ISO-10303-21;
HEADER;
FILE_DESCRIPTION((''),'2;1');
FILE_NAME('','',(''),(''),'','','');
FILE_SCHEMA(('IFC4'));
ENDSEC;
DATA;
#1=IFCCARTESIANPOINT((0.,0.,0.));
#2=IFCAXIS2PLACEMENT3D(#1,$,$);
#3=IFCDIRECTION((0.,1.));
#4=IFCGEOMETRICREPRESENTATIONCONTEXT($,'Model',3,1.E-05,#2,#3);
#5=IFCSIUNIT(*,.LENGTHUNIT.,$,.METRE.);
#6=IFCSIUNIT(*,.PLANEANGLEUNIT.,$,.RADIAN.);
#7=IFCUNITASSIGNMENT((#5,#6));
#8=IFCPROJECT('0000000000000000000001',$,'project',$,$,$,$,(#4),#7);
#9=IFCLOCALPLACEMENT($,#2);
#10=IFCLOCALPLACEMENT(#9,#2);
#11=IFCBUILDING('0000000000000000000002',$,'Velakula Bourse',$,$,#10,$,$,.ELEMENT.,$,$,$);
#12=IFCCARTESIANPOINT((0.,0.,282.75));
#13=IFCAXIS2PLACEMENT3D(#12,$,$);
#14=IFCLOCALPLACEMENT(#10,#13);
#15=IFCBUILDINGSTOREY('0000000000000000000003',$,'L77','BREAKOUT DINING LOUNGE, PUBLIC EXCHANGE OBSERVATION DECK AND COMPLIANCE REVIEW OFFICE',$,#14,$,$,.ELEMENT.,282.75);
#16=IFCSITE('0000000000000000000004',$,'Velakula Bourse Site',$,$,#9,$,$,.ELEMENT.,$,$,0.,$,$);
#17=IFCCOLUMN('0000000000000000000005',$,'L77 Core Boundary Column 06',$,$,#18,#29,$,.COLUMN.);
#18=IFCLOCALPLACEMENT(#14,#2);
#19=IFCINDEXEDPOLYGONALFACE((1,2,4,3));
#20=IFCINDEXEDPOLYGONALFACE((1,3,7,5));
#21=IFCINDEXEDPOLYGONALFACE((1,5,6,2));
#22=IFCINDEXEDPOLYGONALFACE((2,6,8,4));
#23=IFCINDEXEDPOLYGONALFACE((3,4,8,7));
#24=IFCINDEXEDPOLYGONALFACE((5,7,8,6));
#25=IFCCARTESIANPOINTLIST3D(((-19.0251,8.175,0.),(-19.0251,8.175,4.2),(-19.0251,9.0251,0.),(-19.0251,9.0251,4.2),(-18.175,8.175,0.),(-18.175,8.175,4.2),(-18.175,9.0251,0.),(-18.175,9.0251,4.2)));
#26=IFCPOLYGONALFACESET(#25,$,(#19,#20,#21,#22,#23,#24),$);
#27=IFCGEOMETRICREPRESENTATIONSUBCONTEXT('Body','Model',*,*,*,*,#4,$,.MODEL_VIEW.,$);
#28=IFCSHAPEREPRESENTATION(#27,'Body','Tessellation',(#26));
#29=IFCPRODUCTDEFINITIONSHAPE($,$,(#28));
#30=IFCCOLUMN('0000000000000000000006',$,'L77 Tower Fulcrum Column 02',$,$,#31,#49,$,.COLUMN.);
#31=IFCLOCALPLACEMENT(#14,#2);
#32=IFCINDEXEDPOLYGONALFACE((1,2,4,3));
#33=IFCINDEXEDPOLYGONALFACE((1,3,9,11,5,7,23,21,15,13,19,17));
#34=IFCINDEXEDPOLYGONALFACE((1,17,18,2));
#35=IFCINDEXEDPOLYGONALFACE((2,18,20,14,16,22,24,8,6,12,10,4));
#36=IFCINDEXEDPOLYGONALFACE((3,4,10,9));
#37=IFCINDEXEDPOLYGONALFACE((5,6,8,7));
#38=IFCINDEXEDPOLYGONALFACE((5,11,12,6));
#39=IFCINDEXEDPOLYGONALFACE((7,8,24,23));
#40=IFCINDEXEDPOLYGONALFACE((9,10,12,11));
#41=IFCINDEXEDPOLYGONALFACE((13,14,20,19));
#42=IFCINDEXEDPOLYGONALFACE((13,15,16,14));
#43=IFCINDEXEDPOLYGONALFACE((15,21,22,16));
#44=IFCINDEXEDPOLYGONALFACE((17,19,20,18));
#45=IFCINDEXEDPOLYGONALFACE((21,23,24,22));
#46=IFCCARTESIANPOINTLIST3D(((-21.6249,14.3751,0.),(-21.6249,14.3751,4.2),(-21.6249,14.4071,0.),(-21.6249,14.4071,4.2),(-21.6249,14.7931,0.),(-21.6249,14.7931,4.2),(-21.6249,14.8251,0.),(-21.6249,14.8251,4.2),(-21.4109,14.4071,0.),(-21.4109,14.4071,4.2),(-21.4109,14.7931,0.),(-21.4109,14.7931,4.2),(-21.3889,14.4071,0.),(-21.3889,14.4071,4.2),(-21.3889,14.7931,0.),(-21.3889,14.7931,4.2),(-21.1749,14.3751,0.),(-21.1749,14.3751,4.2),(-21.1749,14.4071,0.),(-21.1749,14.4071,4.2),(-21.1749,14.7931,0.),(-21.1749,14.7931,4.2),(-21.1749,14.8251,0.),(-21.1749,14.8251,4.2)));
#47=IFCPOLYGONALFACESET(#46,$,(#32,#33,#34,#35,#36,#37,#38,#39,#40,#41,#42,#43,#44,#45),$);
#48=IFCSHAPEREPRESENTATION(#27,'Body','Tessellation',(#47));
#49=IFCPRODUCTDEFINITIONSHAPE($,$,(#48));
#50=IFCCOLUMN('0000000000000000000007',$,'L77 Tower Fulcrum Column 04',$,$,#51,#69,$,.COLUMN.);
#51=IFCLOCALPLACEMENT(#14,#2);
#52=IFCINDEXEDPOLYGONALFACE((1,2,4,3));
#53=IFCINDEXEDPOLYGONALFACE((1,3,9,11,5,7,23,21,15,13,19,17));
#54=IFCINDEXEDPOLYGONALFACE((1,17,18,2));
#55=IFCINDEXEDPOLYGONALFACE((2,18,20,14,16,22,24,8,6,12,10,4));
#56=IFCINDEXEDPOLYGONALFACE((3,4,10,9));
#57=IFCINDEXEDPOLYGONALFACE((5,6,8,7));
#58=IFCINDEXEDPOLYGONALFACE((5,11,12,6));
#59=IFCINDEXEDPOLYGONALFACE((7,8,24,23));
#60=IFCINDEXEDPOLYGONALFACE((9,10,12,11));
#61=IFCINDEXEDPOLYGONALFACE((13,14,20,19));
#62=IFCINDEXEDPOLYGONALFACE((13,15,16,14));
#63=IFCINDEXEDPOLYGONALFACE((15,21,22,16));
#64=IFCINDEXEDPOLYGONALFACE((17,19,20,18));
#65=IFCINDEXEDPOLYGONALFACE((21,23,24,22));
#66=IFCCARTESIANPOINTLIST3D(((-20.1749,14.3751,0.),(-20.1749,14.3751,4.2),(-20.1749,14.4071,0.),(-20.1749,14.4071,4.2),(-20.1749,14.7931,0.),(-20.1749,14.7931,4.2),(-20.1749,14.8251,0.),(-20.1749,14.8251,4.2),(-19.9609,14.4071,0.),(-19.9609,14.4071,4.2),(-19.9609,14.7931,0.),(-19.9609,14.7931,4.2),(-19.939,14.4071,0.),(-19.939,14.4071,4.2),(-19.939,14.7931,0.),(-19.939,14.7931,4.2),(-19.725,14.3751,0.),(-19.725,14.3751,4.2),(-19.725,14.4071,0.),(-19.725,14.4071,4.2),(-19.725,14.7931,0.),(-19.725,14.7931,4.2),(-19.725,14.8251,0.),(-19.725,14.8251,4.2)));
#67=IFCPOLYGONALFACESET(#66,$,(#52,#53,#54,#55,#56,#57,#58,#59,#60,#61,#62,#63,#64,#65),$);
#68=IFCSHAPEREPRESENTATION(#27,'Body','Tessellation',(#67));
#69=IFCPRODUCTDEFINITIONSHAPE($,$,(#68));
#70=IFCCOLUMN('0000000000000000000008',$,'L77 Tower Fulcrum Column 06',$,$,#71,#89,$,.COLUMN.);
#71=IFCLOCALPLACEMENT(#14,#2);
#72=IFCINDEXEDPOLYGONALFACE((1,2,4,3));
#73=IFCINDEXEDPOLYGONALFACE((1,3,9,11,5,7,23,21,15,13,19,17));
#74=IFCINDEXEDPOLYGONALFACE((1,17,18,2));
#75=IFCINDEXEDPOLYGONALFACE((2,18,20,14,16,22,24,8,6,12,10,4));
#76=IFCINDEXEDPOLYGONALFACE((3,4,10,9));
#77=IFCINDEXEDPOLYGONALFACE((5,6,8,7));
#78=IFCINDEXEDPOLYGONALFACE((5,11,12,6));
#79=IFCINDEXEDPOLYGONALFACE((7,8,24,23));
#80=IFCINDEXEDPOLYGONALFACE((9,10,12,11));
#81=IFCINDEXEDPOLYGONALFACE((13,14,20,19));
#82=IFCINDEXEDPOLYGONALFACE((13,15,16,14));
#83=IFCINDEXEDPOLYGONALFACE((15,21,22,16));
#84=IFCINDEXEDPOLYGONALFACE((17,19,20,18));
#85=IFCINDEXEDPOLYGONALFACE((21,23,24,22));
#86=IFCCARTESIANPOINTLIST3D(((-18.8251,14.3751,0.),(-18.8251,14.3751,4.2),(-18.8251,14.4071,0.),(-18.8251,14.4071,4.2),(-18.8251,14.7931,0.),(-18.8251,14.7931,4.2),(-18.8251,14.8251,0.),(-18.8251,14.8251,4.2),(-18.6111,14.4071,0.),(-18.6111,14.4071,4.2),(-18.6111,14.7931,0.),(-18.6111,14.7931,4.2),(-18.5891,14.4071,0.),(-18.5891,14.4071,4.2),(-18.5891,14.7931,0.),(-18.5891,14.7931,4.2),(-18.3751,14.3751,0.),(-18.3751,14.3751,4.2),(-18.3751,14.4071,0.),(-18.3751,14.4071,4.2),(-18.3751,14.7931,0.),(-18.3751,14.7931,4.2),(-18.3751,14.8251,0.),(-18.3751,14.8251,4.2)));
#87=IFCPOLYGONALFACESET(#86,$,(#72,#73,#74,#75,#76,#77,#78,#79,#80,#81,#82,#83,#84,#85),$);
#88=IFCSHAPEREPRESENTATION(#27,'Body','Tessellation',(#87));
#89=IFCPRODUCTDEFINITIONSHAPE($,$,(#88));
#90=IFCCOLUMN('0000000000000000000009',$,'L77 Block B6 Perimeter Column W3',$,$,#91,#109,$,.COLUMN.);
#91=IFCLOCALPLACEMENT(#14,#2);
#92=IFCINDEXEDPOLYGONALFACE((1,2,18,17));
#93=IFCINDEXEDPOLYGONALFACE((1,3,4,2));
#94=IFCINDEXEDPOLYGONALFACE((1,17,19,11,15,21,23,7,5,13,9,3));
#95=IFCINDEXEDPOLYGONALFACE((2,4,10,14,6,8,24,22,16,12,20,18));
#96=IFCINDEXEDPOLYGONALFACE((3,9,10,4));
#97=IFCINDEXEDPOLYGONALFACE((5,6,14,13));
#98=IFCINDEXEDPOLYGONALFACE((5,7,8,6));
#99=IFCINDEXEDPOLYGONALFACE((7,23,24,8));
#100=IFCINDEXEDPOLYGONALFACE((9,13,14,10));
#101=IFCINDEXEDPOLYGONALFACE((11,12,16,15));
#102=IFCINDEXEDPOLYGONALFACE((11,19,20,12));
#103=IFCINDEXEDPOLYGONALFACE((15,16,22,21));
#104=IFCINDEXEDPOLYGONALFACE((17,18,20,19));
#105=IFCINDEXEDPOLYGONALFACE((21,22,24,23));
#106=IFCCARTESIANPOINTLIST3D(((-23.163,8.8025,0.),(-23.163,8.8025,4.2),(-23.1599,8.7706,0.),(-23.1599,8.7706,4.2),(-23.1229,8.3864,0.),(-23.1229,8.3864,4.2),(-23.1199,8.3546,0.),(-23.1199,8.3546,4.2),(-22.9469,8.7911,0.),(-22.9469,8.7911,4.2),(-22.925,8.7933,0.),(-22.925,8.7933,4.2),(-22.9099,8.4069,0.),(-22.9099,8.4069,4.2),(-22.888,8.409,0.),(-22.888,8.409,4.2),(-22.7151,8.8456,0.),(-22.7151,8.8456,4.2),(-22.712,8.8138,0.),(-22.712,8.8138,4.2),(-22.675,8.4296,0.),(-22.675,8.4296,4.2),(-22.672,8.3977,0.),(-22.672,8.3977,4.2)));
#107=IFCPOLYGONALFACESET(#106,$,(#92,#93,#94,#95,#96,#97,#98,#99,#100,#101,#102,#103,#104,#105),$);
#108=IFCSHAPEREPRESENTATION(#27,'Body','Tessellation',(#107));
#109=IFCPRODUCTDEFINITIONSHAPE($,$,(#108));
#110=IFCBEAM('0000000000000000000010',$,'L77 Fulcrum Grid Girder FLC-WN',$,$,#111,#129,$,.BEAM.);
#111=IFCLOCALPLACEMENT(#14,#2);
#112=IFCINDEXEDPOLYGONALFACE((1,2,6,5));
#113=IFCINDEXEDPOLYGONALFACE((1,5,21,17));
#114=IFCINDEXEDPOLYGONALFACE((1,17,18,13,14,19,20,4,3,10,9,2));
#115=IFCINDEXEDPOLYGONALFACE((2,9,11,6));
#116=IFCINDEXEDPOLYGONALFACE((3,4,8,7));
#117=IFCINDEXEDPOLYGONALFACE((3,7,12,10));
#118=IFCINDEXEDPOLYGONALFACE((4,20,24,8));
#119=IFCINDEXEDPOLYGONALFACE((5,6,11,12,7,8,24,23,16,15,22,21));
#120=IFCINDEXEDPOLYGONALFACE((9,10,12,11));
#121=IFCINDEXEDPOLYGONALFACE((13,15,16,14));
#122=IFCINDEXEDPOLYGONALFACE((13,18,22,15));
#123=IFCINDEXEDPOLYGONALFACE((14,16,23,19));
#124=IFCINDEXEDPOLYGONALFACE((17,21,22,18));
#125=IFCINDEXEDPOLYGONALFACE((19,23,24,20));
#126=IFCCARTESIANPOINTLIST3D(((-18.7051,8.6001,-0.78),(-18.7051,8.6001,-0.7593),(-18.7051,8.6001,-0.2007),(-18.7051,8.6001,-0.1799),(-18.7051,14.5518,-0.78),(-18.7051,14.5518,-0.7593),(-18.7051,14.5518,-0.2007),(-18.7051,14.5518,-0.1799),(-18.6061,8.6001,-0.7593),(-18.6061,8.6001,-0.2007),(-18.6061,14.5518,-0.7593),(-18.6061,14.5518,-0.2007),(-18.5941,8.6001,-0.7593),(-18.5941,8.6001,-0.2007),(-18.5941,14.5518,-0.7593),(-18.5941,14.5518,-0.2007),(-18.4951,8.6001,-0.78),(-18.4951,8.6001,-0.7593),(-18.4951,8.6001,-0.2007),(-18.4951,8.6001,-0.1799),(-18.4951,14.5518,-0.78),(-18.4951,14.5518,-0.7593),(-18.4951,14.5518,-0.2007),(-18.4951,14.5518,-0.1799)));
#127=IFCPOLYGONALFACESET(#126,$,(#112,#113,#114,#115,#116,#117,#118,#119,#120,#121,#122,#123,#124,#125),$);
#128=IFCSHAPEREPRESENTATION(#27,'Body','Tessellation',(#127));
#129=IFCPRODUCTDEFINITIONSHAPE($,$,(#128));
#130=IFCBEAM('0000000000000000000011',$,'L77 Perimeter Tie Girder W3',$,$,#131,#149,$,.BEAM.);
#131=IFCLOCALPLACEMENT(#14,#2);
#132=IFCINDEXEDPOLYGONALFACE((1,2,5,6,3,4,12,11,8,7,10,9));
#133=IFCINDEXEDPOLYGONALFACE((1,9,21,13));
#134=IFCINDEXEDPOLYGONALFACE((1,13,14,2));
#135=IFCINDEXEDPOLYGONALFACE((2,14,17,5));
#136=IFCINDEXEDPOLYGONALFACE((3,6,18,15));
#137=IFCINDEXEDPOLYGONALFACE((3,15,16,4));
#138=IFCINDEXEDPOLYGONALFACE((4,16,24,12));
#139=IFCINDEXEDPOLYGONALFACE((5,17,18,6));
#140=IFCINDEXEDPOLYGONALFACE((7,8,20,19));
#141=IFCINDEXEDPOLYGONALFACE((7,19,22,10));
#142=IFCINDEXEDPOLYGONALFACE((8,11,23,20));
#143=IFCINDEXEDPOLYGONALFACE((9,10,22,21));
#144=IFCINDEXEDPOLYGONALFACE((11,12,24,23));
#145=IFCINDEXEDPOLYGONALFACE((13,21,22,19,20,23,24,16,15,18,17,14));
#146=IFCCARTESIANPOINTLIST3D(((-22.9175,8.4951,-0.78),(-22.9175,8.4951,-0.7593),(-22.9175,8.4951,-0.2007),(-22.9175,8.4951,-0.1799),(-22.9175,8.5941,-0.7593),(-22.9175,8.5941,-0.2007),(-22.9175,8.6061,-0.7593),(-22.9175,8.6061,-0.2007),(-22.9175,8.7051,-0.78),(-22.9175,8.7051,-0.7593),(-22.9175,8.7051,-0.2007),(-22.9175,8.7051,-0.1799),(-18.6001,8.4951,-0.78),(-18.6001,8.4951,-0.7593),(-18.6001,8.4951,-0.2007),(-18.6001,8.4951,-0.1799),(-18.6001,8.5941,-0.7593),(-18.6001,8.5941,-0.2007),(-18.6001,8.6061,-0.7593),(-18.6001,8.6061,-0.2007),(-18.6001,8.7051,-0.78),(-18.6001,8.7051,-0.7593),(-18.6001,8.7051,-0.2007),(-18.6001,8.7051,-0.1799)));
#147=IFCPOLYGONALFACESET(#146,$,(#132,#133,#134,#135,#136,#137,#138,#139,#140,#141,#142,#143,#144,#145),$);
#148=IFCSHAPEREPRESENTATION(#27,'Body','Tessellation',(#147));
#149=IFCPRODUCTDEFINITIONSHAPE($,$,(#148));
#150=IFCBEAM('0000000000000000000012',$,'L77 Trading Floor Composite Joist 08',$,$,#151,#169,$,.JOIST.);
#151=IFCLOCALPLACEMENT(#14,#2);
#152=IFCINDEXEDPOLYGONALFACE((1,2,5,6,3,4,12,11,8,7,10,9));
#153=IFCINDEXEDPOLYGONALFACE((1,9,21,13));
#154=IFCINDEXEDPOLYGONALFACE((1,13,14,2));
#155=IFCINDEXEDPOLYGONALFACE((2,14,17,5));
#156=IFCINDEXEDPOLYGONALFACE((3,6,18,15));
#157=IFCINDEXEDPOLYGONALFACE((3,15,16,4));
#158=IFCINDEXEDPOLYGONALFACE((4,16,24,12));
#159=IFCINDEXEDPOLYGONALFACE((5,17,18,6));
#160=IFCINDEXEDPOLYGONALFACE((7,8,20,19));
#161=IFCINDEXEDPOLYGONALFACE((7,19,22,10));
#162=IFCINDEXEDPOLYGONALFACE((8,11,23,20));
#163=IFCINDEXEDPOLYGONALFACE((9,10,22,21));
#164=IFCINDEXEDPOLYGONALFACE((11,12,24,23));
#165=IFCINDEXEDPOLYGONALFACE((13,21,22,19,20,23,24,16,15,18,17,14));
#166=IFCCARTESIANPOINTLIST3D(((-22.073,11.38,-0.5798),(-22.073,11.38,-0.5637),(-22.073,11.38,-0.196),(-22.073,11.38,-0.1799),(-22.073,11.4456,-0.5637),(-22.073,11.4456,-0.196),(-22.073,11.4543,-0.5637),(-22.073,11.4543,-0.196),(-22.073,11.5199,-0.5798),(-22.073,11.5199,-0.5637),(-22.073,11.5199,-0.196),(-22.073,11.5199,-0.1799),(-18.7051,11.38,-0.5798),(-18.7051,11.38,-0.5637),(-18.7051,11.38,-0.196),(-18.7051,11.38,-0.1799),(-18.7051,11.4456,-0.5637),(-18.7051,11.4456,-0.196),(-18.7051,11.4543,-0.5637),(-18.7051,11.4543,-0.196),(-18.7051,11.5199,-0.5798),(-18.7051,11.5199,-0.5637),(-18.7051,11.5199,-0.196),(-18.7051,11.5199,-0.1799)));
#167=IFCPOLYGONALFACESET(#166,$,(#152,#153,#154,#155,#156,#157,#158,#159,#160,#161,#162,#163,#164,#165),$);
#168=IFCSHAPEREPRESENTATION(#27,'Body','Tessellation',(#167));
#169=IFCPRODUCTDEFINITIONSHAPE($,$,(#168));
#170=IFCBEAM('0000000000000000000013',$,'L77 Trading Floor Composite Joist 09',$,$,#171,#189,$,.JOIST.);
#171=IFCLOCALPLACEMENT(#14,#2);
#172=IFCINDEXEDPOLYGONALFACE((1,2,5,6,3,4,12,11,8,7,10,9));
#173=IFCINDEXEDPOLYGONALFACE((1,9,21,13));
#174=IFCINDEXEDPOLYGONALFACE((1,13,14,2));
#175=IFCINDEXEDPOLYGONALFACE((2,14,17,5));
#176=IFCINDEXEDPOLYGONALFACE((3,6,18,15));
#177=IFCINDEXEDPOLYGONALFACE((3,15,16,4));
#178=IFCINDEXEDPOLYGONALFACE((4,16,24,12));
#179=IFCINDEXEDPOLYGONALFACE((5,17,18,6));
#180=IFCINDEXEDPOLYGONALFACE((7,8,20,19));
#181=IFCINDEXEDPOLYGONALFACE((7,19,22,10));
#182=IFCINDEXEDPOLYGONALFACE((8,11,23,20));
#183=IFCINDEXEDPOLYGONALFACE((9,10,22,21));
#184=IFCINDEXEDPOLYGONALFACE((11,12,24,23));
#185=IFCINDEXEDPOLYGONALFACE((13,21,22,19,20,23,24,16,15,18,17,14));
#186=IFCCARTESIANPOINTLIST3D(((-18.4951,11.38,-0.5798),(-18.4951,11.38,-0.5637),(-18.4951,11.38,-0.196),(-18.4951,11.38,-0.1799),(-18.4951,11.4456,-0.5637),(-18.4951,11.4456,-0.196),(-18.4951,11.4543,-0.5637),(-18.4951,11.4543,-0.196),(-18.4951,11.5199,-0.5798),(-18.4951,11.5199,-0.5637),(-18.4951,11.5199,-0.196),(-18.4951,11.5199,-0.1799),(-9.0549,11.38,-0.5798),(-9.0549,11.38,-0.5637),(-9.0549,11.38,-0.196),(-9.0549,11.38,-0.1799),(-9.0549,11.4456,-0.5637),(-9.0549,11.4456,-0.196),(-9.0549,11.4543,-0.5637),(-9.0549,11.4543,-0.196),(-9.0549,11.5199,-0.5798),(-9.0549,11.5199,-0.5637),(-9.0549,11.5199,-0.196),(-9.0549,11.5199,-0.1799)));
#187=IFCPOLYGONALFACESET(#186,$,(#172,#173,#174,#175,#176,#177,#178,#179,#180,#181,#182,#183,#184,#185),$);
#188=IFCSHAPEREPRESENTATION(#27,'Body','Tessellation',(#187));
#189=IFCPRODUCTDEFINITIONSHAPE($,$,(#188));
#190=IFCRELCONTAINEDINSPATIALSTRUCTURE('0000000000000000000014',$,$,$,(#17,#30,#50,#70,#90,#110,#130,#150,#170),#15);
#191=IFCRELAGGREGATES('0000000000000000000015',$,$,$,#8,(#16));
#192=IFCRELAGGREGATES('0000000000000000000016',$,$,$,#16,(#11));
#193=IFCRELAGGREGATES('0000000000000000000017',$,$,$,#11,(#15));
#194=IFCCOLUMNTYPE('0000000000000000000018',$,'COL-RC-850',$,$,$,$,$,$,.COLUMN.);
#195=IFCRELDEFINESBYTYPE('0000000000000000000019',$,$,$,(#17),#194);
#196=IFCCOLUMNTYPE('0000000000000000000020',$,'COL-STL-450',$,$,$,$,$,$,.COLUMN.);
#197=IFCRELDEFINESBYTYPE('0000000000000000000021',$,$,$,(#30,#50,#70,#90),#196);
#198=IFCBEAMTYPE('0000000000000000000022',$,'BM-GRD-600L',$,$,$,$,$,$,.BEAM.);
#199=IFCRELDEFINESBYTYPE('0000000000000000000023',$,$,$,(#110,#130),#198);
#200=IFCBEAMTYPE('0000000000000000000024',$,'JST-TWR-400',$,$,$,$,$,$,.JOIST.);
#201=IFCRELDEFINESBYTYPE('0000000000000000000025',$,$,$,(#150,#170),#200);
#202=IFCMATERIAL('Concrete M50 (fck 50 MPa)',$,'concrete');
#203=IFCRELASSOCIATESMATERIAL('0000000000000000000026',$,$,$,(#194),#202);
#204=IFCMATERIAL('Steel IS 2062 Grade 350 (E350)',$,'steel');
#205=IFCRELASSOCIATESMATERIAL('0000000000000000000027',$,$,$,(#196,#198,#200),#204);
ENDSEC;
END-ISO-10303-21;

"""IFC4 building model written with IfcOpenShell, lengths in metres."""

from ifc_helpers import new_model, si_unit, direction, frame, origin, origin_2d, place, context, subcontext, project, spatial, rectangle, i_section, extrude, material, material_profile, profile_set, type_object, element, save


model = new_model("IFC4")

# Units and contexts
model_context = context("Model", 3, precision=1e-05, world=origin(), true_north=direction((0.0, 1.0)))
body_context = subcontext(model_context, "Body", "Model", "MODEL_VIEW")
ifc_project = project(units=[si_unit("LENGTHUNIT", "METRE"), si_unit("PLANEANGLEUNIT", "RADIAN")], contexts=[model_context])

# Site, building, storey
site_placement = place(None, origin())
site = spatial("IfcSite", under=ifc_project, at=site_placement, Name="Velakula Bourse Site", CompositionType="ELEMENT", RefElevation=0.0)
building_placement = place(site_placement, origin())
building = spatial("IfcBuilding", under=site, at=building_placement, Name="Velakula Bourse", CompositionType="ELEMENT")
storey_placement = place(building_placement, frame((0.0, 0.0, 282.75)))
storey = spatial("IfcBuildingStorey", under=building, at=storey_placement, Name="L77", Description="BREAKOUT DINING LOUNGE, PUBLIC EXCHANGE OBSERVATION DECK AND COMPLIANCE REVIEW OFFICE", CompositionType="ELEMENT", Elevation=282.75)

# Columns
ifc_material_1 = material(Name="Concrete M50 (fck 50 MPa)", Category="concrete")
ifc_material_profile_1 = material_profile(ifc_material_1, rectangle(XDim=0.8501, YDim=0.8501, at=origin_2d()), Name="Concrete M50 (fck 50 MPa)")
ifc_profile_set_1 = profile_set([ifc_material_profile_1], Name="Concrete M50 (fck 50 MPa)")
column_type_1 = type_object("IfcColumnType", Name="COL-RC-850", PredefinedType="COLUMN", material=ifc_profile_set_1)
column_placement = place(storey_placement, frame((-18.6001, 8.6001, 0.0), z_axis=(0.0, 0.0, 1.0), x_axis=(1.0, 0.0, 0.0)))
element("IfcColumn", 1, at=column_placement, inside=storey, type_object=column_type_1, Name="L77 Core Boundary Column 06", PredefinedType="COLUMN", context=body_context, shape_type="SweptSolid", body=[
    extrude(rectangle(XDim=0.8501, YDim=0.8501, at=origin_2d()), origin(), (0.0, 0.0, 1.0), 4.2),
])
ifc_material_2 = material(Name="Steel IS 2062 Grade 350 (E350)", Category="steel")
ifc_material_profile_2 = material_profile(ifc_material_2, i_section(OverallWidth=0.45, OverallDepth=0.45, WebThickness=0.022, FlangeThickness=0.032, at=origin_2d()), Name="Steel IS 2062 Grade 350 (E350)")
ifc_profile_set_2 = profile_set([ifc_material_profile_2], Name="Steel IS 2062 Grade 350 (E350)")
column_type_2 = type_object("IfcColumnType", Name="COL-STL-450", PredefinedType="COLUMN", material=ifc_profile_set_2)
for number, where, z_axis, x_axis, name in (
    (2, (-21.3999, 14.6001, 0.0), (0.0, 0.0, 1.0), (1.0, 0.0, 0.0), "L77 Tower Fulcrum Column 02"),
    (3, (-19.95, 14.6001, 0.0), (0.0, 0.0, 1.0), (1.0, 0.0, 0.0), "L77 Tower Fulcrum Column 04"),
    (4, (-18.6001, 14.6001, 0.0), (0.0, 0.0, 1.0), (1.0, 0.0, 0.0), "L77 Tower Fulcrum Column 06"),
    (5, (-22.9175, 8.6001, 0.0), (0.0, 0.0, 1.0), (0.995396, 0.095846, 0.0), "L77 Block B6 Perimeter Column W3"),
):
    element("IfcColumn", number, at=place(storey_placement, frame(where, z_axis=z_axis, x_axis=x_axis)), inside=storey, type_object=column_type_2, Name=name, PredefinedType="COLUMN", context=body_context, shape_type="SweptSolid", body=[
        extrude(i_section(OverallWidth=0.45, OverallDepth=0.45, WebThickness=0.022, FlangeThickness=0.032, at=origin_2d()), origin(), (0.0, 0.0, 1.0), 4.2),
    ])

# Beams
ifc_material_profile_3 = material_profile(ifc_material_2, i_section(OverallWidth=0.21, OverallDepth=0.6001, WebThickness=0.012, FlangeThickness=0.0208, at=origin_2d()), Name="Steel IS 2062 Grade 350 (E350)")
ifc_profile_set_3 = profile_set([ifc_material_profile_3], Name="Steel IS 2062 Grade 350 (E350)")
beam_type_1 = type_object("IfcBeamType", Name="BM-GRD-600L", PredefinedType="BEAM", material=ifc_profile_set_3)
beam_1_placement = place(storey_placement, frame((-18.6001, 8.6001, -0.48), z_axis=(0.0, 1.0, 0.0), x_axis=(-1.0, 0.0, 0.0)))
element("IfcBeam", 6, at=beam_1_placement, inside=storey, type_object=beam_type_1, Name="L77 Fulcrum Grid Girder FLC-WN", PredefinedType="BEAM", context=body_context, shape_type="SweptSolid", body=[
    extrude(i_section(OverallWidth=0.21, OverallDepth=0.6001, WebThickness=0.012, FlangeThickness=0.0208, at=origin_2d()), origin(), (0.0, 0.0, 1.0), 5.9517),
])
beam_2_placement = place(storey_placement, frame((-18.6001, 8.6001, -0.48), z_axis=(-1.0, 0.0, 0.0), x_axis=(0.0, -1.0, 0.0)))
element("IfcBeam", 7, at=beam_2_placement, inside=storey, type_object=beam_type_1, Name="L77 Perimeter Tie Girder W3", PredefinedType="BEAM", context=body_context, shape_type="SweptSolid", body=[
    extrude(i_section(OverallWidth=0.21, OverallDepth=0.6001, WebThickness=0.012, FlangeThickness=0.0208, at=origin_2d()), origin(), (0.0, 0.0, 1.0), 4.3174),
])
ifc_material_profile_4 = material_profile(ifc_material_2, i_section(OverallWidth=0.1399, OverallDepth=0.3999, WebThickness=0.0088, FlangeThickness=0.0161, at=origin_2d()), Name="Steel IS 2062 Grade 350 (E350)")
ifc_profile_set_4 = profile_set([ifc_material_profile_4], Name="Steel IS 2062 Grade 350 (E350)")
beam_type_2 = type_object("IfcBeamType", Name="JST-TWR-400", PredefinedType="JOIST", material=ifc_profile_set_4)
beam_3_placement = place(storey_placement, frame((-22.073, 11.45, -0.3799), z_axis=(1.0, 0.0, 0.0), x_axis=(0.0, 1.0, 0.0)))
element("IfcBeam", 8, at=beam_3_placement, inside=storey, type_object=beam_type_2, Name="L77 Trading Floor Composite Joist 08", PredefinedType="JOIST", context=body_context, shape_type="SweptSolid", body=[
    extrude(i_section(OverallWidth=0.1399, OverallDepth=0.3999, WebThickness=0.0088, FlangeThickness=0.0161, at=origin_2d()), origin(), (0.0, 0.0, 1.0), 3.3679),
])
beam_4_placement = place(storey_placement, frame((-18.4951, 11.45, -0.3799), z_axis=(1.0, 0.0, 0.0), x_axis=(0.0, 1.0, 0.0)))
element("IfcBeam", 9, at=beam_4_placement, inside=storey, type_object=beam_type_2, Name="L77 Trading Floor Composite Joist 09", PredefinedType="JOIST", context=body_context, shape_type="SweptSolid", body=[
    extrude(i_section(OverallWidth=0.1399, OverallDepth=0.3999, WebThickness=0.0088, FlangeThickness=0.0161, at=origin_2d()), origin(), (0.0, 0.0, 1.0), 9.4402),
])

save(model, "model.ifc")
